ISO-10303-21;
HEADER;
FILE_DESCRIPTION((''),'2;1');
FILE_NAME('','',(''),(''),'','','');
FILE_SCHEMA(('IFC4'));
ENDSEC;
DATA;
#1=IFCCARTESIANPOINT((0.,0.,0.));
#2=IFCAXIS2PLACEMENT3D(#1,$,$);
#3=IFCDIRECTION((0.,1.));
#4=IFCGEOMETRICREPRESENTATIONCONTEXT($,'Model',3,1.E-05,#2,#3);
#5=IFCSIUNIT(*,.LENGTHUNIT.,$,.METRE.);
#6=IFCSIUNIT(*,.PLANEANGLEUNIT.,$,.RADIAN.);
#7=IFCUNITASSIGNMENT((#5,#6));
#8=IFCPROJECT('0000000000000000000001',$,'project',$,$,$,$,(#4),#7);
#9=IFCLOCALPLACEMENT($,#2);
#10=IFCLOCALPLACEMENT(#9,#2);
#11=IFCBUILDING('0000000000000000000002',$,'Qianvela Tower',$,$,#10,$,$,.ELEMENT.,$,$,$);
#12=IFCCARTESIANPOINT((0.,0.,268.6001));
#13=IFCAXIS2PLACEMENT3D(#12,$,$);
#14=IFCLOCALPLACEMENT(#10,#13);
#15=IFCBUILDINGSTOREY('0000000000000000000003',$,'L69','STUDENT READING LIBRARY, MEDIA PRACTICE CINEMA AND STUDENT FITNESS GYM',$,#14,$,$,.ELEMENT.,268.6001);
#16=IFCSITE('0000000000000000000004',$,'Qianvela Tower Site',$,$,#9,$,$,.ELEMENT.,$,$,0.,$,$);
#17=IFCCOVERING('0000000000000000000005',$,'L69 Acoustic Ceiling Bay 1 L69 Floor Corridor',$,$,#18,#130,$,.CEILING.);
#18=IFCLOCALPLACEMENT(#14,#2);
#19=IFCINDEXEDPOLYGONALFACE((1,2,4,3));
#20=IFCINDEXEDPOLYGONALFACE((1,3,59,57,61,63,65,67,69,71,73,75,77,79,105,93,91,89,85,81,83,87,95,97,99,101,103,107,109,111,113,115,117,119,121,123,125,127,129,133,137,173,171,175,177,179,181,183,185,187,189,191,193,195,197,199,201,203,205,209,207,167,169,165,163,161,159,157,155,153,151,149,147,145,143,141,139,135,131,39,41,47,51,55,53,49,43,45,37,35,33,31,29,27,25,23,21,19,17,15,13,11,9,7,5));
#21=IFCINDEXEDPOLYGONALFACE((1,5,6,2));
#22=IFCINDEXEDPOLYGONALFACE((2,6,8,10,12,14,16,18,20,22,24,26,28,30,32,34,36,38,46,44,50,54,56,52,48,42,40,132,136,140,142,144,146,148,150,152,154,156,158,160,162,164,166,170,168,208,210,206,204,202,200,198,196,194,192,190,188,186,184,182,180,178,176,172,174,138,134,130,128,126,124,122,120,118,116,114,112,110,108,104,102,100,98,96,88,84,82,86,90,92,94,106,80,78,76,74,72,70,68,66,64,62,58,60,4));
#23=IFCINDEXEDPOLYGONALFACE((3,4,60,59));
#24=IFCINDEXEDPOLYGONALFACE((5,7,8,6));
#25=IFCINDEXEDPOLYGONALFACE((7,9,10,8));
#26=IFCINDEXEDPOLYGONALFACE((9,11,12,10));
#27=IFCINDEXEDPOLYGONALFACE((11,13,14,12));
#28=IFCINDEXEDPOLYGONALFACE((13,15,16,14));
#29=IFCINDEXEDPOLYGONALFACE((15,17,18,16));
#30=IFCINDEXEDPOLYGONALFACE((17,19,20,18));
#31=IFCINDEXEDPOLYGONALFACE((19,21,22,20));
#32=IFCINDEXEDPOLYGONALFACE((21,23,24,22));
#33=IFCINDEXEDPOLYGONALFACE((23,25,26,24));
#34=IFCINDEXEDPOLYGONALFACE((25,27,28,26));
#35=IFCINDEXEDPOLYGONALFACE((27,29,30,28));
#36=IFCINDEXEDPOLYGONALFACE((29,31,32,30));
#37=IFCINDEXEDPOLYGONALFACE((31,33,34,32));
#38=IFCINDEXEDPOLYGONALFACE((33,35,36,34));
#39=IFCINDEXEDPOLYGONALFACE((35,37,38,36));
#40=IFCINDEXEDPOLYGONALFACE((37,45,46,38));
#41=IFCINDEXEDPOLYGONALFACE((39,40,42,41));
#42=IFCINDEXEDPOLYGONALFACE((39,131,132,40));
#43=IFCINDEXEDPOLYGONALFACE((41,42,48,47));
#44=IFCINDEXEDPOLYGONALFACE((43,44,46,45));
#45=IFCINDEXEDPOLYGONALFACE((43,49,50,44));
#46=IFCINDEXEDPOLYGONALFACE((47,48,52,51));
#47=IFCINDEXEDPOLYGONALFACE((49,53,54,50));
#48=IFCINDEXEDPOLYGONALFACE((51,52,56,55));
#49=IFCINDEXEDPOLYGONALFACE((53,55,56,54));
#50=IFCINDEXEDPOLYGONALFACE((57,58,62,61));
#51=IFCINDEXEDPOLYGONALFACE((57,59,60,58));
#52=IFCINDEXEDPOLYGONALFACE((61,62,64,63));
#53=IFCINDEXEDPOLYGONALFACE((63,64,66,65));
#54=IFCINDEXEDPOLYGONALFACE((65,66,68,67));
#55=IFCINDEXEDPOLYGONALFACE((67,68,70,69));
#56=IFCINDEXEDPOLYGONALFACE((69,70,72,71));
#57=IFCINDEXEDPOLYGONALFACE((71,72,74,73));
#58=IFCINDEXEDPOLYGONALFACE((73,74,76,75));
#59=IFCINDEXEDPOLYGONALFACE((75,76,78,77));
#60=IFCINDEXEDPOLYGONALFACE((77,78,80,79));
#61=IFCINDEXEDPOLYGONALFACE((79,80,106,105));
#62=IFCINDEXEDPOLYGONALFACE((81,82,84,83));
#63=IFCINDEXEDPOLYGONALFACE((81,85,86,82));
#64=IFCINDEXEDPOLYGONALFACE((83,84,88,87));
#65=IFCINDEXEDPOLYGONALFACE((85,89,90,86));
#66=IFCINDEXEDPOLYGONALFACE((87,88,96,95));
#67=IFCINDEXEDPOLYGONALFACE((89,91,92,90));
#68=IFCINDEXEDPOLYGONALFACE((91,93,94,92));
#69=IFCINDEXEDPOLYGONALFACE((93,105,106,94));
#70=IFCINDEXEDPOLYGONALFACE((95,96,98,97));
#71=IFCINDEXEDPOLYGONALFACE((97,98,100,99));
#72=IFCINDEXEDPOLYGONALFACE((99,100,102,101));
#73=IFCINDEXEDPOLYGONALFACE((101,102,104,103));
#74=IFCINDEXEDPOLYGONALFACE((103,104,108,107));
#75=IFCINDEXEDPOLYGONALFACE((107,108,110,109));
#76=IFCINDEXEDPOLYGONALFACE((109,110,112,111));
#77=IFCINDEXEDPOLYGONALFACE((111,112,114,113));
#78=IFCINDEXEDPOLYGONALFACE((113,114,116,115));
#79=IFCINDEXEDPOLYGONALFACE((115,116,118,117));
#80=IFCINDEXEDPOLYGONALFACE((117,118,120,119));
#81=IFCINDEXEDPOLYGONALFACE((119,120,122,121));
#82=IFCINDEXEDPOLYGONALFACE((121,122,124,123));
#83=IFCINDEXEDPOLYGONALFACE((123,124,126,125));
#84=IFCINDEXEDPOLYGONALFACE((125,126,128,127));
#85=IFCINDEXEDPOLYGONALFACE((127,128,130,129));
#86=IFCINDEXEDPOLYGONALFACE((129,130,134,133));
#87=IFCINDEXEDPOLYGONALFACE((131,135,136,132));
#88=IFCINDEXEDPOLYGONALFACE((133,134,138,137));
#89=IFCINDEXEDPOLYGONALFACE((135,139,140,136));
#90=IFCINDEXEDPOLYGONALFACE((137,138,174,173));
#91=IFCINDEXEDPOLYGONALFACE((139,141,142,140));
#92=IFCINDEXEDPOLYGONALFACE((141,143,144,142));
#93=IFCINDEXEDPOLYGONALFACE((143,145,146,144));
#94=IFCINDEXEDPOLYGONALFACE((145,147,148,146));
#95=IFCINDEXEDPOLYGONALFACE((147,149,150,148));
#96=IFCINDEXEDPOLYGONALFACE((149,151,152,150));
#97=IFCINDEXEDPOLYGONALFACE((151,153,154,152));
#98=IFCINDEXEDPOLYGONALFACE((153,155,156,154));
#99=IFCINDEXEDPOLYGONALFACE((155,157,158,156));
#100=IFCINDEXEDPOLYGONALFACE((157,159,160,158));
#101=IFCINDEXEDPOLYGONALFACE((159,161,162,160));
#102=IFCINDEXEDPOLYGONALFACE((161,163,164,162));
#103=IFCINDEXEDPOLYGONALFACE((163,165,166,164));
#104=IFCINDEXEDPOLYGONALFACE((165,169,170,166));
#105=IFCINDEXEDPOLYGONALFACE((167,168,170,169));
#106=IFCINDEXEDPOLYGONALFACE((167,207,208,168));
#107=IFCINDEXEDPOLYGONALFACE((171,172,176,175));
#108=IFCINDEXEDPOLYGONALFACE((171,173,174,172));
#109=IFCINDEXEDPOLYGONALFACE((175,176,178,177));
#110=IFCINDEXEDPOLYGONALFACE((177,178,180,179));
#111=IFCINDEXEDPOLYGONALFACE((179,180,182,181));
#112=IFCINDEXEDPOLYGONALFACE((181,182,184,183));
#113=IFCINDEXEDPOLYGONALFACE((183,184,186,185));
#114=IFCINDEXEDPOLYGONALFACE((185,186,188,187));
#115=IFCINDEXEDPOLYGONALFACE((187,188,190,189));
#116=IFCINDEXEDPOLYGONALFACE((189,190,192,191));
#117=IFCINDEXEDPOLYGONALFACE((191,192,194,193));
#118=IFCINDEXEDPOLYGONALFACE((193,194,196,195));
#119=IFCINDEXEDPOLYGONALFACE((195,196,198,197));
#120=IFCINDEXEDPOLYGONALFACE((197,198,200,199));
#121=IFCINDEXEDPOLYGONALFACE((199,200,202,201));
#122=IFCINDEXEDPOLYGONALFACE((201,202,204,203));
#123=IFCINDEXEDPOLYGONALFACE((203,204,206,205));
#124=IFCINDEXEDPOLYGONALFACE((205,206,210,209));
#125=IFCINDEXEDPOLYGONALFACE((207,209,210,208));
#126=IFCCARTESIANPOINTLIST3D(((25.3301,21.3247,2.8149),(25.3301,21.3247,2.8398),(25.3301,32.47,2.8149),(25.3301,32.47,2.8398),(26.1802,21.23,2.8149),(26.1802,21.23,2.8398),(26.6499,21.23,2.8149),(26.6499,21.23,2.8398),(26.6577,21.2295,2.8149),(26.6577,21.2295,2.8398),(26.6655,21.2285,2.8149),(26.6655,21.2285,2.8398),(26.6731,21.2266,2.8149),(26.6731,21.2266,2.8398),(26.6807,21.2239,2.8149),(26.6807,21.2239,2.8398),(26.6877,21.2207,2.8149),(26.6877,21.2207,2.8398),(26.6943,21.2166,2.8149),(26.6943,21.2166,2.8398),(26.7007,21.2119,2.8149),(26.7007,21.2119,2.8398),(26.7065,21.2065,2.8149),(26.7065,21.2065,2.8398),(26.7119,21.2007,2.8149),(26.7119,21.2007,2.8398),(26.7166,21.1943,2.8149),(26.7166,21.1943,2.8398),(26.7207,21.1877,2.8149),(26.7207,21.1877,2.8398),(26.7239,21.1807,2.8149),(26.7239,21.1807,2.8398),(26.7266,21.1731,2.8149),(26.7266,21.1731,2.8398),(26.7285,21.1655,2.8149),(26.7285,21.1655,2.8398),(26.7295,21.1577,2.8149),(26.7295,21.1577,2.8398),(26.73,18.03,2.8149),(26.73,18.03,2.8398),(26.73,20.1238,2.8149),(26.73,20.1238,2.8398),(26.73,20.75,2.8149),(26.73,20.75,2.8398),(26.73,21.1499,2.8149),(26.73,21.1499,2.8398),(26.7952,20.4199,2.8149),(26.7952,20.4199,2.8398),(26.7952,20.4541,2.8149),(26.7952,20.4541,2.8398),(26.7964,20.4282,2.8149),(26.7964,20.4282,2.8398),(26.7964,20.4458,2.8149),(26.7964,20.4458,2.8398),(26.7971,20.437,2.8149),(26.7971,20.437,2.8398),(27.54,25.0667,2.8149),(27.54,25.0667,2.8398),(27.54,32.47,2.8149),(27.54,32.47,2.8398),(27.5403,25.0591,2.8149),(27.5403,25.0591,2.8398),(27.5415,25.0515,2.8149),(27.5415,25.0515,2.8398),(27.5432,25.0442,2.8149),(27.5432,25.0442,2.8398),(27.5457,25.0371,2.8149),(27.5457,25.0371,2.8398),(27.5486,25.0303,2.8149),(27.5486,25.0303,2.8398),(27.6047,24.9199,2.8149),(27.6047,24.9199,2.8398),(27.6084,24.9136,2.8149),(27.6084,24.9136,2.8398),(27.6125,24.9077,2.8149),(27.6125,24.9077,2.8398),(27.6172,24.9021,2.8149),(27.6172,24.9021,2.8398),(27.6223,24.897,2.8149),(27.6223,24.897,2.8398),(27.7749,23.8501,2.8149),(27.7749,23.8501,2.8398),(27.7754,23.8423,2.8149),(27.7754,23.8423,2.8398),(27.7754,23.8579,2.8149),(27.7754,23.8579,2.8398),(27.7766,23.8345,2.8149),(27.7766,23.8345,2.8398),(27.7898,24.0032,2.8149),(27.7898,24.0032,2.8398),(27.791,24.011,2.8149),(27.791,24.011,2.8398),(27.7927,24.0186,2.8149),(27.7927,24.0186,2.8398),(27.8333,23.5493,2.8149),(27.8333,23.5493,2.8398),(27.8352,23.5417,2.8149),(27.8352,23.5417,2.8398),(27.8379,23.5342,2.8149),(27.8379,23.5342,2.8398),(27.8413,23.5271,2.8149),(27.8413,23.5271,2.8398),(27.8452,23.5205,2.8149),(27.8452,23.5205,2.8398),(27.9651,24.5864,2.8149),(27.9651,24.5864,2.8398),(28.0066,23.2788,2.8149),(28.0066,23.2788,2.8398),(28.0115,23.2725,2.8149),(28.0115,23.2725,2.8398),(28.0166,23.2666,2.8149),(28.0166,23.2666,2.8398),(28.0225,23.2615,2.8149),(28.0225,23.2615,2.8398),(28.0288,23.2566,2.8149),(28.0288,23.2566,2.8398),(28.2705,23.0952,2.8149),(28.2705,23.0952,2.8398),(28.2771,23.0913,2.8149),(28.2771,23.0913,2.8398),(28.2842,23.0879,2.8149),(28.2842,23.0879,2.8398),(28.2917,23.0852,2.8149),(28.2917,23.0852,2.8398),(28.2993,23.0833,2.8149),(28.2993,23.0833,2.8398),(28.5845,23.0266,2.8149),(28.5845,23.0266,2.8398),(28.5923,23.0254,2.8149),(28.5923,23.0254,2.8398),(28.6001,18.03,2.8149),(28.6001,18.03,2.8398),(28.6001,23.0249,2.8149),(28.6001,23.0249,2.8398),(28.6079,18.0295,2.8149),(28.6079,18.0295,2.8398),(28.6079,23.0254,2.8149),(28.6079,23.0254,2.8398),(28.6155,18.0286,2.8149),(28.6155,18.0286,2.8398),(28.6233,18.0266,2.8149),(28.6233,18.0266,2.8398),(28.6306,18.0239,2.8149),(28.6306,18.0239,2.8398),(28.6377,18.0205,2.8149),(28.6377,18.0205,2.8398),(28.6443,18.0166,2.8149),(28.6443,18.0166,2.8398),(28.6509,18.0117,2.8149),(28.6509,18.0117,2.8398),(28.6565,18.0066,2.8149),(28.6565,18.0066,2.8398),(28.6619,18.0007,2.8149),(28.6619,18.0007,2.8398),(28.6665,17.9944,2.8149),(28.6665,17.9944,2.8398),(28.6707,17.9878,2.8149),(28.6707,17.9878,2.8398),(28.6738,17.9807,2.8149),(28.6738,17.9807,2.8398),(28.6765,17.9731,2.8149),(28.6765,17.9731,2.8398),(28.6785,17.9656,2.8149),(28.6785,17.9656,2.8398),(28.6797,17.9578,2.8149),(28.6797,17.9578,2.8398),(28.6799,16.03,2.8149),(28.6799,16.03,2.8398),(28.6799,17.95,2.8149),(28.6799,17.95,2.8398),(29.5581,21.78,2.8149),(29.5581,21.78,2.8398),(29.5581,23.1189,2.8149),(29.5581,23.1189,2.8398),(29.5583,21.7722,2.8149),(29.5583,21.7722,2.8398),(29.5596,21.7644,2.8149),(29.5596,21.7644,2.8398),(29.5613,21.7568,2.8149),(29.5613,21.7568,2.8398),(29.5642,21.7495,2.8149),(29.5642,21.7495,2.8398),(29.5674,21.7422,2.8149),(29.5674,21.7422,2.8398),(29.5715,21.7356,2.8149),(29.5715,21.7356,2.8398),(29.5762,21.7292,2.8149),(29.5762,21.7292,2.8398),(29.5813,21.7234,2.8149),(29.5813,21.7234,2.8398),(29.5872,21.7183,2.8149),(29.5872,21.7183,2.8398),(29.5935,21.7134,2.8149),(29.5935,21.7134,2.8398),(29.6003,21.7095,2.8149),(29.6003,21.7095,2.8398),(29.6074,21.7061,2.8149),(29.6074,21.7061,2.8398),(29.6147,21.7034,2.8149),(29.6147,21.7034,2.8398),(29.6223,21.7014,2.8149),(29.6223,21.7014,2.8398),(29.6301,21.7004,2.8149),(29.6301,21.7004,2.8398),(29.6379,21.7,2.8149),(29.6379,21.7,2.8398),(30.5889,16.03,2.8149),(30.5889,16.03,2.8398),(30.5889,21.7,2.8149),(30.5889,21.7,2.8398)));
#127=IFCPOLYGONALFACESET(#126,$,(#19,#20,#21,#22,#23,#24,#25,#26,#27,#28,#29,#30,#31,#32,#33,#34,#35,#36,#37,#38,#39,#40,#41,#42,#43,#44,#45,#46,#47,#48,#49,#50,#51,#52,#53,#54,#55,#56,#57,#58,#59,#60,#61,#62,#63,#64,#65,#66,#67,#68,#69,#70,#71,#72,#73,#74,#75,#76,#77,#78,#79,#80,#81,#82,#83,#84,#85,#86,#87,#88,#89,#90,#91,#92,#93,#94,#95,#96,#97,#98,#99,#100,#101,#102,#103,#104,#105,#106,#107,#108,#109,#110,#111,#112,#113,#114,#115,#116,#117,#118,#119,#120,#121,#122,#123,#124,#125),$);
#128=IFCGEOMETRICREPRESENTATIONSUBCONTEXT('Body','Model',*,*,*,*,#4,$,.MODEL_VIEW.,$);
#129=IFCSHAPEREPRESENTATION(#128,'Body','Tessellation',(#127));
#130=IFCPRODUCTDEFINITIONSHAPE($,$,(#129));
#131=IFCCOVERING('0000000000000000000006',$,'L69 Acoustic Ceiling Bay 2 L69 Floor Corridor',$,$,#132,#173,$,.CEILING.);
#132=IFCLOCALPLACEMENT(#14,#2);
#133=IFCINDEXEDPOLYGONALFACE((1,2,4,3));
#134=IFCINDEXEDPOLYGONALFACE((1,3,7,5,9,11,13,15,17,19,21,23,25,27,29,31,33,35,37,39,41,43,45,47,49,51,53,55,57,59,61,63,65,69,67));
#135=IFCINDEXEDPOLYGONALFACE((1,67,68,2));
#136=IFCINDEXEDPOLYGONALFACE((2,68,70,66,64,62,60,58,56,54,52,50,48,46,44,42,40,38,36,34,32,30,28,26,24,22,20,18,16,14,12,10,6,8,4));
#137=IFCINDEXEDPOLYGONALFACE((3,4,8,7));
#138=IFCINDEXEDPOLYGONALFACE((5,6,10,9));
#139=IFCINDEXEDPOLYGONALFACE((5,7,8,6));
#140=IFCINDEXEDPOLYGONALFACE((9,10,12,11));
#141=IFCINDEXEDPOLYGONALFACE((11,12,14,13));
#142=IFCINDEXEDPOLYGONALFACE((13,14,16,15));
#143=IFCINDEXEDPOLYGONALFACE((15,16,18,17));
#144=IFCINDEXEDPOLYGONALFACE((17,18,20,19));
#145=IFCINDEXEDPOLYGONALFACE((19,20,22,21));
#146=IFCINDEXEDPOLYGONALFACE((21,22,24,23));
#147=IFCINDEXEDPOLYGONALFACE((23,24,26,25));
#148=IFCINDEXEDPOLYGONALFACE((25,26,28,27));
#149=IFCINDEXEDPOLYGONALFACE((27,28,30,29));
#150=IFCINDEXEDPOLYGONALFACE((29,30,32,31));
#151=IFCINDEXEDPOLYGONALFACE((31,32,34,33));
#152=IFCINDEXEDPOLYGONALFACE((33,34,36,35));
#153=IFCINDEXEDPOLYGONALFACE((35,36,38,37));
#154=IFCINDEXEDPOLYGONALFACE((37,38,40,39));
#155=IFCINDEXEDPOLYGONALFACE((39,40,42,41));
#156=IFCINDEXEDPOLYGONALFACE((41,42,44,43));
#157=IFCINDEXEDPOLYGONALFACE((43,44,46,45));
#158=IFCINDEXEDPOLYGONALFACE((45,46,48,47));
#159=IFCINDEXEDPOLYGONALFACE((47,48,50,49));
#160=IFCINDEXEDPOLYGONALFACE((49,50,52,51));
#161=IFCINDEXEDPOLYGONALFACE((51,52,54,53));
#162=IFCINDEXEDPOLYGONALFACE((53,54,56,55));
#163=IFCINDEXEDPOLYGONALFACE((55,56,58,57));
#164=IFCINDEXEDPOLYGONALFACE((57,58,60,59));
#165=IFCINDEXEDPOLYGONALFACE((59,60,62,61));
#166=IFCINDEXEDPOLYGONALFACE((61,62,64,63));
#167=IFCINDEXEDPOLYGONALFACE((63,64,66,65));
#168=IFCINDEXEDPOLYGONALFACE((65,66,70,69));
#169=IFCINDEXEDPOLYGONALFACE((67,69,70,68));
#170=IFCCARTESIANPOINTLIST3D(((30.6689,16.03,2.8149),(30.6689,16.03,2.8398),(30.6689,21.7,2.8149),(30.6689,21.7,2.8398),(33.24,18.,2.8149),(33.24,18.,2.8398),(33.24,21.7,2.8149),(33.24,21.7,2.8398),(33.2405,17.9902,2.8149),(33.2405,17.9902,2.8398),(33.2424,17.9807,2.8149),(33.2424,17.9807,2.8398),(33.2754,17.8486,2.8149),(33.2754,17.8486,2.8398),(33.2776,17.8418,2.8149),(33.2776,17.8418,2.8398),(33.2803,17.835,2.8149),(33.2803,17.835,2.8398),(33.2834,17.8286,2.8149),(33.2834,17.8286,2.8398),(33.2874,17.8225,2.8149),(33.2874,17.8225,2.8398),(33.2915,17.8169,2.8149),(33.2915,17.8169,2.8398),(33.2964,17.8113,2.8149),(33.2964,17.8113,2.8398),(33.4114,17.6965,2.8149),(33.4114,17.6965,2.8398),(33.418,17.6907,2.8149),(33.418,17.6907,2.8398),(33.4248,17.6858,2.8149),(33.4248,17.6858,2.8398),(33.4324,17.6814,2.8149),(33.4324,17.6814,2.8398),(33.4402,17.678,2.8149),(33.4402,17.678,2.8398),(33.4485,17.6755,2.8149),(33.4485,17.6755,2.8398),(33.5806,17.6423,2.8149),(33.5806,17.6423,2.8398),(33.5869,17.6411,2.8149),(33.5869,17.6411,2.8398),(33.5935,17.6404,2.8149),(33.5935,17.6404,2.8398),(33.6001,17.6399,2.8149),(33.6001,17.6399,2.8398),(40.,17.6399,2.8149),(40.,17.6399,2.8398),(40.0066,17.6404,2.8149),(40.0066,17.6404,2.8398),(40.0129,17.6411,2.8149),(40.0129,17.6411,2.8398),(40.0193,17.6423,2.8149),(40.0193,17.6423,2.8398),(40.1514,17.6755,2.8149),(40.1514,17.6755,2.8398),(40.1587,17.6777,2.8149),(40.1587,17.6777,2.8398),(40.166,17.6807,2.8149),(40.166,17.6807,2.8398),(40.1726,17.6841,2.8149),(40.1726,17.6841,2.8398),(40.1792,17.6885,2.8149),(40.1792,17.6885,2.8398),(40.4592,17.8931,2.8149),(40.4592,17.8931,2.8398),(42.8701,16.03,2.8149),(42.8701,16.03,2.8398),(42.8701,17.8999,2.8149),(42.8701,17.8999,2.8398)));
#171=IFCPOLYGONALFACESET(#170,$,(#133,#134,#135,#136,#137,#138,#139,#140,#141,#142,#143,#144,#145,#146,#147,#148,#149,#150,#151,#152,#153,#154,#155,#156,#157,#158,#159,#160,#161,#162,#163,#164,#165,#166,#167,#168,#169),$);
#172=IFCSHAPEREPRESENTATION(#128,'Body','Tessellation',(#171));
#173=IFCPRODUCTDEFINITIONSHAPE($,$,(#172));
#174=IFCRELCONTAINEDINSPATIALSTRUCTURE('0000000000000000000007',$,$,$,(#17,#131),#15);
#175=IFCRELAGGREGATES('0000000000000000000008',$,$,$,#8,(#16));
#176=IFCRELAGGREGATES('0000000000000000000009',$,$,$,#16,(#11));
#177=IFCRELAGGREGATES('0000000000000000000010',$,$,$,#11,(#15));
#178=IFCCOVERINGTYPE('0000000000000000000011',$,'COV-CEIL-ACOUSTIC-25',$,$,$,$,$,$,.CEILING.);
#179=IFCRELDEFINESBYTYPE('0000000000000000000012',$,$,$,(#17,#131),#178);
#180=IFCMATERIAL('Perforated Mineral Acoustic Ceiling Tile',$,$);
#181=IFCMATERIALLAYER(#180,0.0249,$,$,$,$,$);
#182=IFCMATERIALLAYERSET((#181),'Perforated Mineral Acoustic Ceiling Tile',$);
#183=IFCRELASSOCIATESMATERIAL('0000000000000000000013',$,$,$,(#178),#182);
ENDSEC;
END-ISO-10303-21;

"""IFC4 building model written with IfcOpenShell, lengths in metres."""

from ifc_helpers import new_model, si_unit, direction, frame, origin, place, context, subcontext, project, spatial, polyline, outline, extrude, material, layer, layer_set, type_object, element, save


model = new_model("IFC4")

# Units and contexts
model_context = context("Model", 3, precision=1e-05, world=origin(), true_north=direction((0.0, 1.0)))
body_context = subcontext(model_context, "Body", "Model", "MODEL_VIEW")
ifc_project = project(units=[si_unit("LENGTHUNIT", "METRE"), si_unit("PLANEANGLEUNIT", "RADIAN")], contexts=[model_context])

# Site, building, storey
site_placement = place(None, origin())
site = spatial("IfcSite", under=ifc_project, at=site_placement, Name="Qianvela Tower Site", CompositionType="ELEMENT", RefElevation=0.0)
building_placement = place(site_placement, origin())
building = spatial("IfcBuilding", under=site, at=building_placement, Name="Qianvela Tower", CompositionType="ELEMENT")
storey_placement = place(building_placement, frame((0.0, 0.0, 268.6001)))
storey = spatial("IfcBuildingStorey", under=building, at=storey_placement, Name="L69", Description="STUDENT READING LIBRARY, MEDIA PRACTICE CINEMA AND STUDENT FITNESS GYM", CompositionType="ELEMENT", Elevation=268.6001)

# Coverings
ifc_material_1 = material(Name="Perforated Mineral Acoustic Ceiling Tile")
ifc_layer_1 = layer(ifc_material_1, 0.0249)
ifc_layer_set_1 = layer_set([ifc_layer_1], Name="Perforated Mineral Acoustic Ceiling Tile")
covering_type_1 = type_object("IfcCoveringType", Name="COV-CEIL-ACOUSTIC-25", PredefinedType="CEILING", material=ifc_layer_set_1)
covering_1_placement = place(storey_placement, frame((0.0, 0.0, 2.8149)))
element("IfcCovering", 1, at=covering_1_placement, inside=storey, type_object=covering_type_1, Name="L69 Acoustic Ceiling Bay 1 L69 Floor Corridor", PredefinedType="CEILING", context=body_context, shape_type="SweptSolid", body=[
    extrude(outline(polyline([(27.791, 24.011), (27.7898, 24.0032), (27.7754, 23.8579), (27.7749, 23.8501), (27.7754, 23.8423), (27.7766, 23.8345), (27.8333, 23.5493), (27.8352, 23.5417), (27.8379, 23.5342), (27.8413, 23.5271), (27.8452, 23.5205), (28.0066, 23.2788), (28.0115, 23.2725), (28.0166, 23.2666), (28.0225, 23.2615), (28.0288, 23.2566), (28.2705, 23.0952), (28.2771, 23.0913), (28.2842, 23.0879), (28.2917, 23.0852), (28.2993, 23.0833), (28.5845, 23.0266), (28.5923, 23.0254), (28.6001, 23.0249), (28.6079, 23.0254), (29.5581, 23.1189), (29.5581, 21.78), (29.5583, 21.7722), (29.5596, 21.7644), (29.5613, 21.7568), (29.5642, 21.7495), (29.5674, 21.7422), (29.5715, 21.7356), (29.5762, 21.7292), (29.5813, 21.7234), (29.5872, 21.7183), (29.5935, 21.7134), (29.6003, 21.7095), (29.6074, 21.7061), (29.6147, 21.7034), (29.6223, 21.7014), (29.6301, 21.7004), (29.6379, 21.7), (30.5889, 21.7), (30.5889, 16.03), (28.6799, 16.03), (28.6799, 17.95), (28.6797, 17.9578), (28.6785, 17.9656), (28.6765, 17.9731), (28.6738, 17.9807), (28.6707, 17.9878), (28.6665, 17.9944), (28.6619, 18.0007), (28.6565, 18.0066), (28.6509, 18.0117), (28.6443, 18.0166), (28.6377, 18.0205), (28.6306, 18.0239), (28.6233, 18.0266), (28.6155, 18.0286), (28.6079, 18.0295), (28.6001, 18.03), (26.73, 18.03), (26.73, 20.1238), (26.7952, 20.4199), (26.7964, 20.4282), (26.7971, 20.437), (26.7964, 20.4458), (26.7952, 20.4541), (26.73, 20.75), (26.73, 21.1499), (26.7295, 21.1577), (26.7285, 21.1655), (26.7266, 21.1731), (26.7239, 21.1807), (26.7207, 21.1877), (26.7166, 21.1943), (26.7119, 21.2007), (26.7065, 21.2065), (26.7007, 21.2119), (26.6943, 21.2166), (26.6877, 21.2207), (26.6807, 21.2239), (26.6731, 21.2266), (26.6655, 21.2285), (26.6577, 21.2295), (26.6499, 21.23), (26.1802, 21.23), (25.3301, 21.3247), (25.3301, 32.47), (27.54, 32.47), (27.54, 25.0667), (27.5403, 25.0591), (27.5415, 25.0515), (27.5432, 25.0442), (27.5457, 25.0371), (27.5486, 25.0303), (27.6047, 24.9199), (27.6084, 24.9136), (27.6125, 24.9077), (27.6172, 24.9021), (27.6223, 24.897), (27.9651, 24.5864), (27.7927, 24.0186), (27.791, 24.011)])), origin(), (0.0, 0.0, 1.0), 0.0249),
])
covering_2_placement = place(storey_placement, frame((0.0, 0.0, 2.8149)))
element("IfcCovering", 2, at=covering_2_placement, inside=storey, type_object=covering_type_1, Name="L69 Acoustic Ceiling Bay 2 L69 Floor Corridor", PredefinedType="CEILING", context=body_context, shape_type="SweptSolid", body=[
    extrude(outline(polyline([(33.24, 21.7), (33.24, 18.0), (33.2405, 17.9902), (33.2424, 17.9807), (33.2754, 17.8486), (33.2776, 17.8418), (33.2803, 17.835), (33.2834, 17.8286), (33.2874, 17.8225), (33.2915, 17.8169), (33.2964, 17.8113), (33.4114, 17.6965), (33.418, 17.6907), (33.4248, 17.6858), (33.4324, 17.6814), (33.4402, 17.678), (33.4485, 17.6755), (33.5806, 17.6423), (33.5869, 17.6411), (33.5935, 17.6404), (33.6001, 17.6399), (40.0, 17.6399), (40.0066, 17.6404), (40.0129, 17.6411), (40.0193, 17.6423), (40.1514, 17.6755), (40.1587, 17.6777), (40.166, 17.6807), (40.1726, 17.6841), (40.1792, 17.6885), (40.4592, 17.8931), (42.8701, 17.8999), (42.8701, 16.03), (30.6689, 16.03), (30.6689, 21.7), (33.24, 21.7)])), origin(), (0.0, 0.0, 1.0), 0.0249),
])

save(model, "model.ifc")
